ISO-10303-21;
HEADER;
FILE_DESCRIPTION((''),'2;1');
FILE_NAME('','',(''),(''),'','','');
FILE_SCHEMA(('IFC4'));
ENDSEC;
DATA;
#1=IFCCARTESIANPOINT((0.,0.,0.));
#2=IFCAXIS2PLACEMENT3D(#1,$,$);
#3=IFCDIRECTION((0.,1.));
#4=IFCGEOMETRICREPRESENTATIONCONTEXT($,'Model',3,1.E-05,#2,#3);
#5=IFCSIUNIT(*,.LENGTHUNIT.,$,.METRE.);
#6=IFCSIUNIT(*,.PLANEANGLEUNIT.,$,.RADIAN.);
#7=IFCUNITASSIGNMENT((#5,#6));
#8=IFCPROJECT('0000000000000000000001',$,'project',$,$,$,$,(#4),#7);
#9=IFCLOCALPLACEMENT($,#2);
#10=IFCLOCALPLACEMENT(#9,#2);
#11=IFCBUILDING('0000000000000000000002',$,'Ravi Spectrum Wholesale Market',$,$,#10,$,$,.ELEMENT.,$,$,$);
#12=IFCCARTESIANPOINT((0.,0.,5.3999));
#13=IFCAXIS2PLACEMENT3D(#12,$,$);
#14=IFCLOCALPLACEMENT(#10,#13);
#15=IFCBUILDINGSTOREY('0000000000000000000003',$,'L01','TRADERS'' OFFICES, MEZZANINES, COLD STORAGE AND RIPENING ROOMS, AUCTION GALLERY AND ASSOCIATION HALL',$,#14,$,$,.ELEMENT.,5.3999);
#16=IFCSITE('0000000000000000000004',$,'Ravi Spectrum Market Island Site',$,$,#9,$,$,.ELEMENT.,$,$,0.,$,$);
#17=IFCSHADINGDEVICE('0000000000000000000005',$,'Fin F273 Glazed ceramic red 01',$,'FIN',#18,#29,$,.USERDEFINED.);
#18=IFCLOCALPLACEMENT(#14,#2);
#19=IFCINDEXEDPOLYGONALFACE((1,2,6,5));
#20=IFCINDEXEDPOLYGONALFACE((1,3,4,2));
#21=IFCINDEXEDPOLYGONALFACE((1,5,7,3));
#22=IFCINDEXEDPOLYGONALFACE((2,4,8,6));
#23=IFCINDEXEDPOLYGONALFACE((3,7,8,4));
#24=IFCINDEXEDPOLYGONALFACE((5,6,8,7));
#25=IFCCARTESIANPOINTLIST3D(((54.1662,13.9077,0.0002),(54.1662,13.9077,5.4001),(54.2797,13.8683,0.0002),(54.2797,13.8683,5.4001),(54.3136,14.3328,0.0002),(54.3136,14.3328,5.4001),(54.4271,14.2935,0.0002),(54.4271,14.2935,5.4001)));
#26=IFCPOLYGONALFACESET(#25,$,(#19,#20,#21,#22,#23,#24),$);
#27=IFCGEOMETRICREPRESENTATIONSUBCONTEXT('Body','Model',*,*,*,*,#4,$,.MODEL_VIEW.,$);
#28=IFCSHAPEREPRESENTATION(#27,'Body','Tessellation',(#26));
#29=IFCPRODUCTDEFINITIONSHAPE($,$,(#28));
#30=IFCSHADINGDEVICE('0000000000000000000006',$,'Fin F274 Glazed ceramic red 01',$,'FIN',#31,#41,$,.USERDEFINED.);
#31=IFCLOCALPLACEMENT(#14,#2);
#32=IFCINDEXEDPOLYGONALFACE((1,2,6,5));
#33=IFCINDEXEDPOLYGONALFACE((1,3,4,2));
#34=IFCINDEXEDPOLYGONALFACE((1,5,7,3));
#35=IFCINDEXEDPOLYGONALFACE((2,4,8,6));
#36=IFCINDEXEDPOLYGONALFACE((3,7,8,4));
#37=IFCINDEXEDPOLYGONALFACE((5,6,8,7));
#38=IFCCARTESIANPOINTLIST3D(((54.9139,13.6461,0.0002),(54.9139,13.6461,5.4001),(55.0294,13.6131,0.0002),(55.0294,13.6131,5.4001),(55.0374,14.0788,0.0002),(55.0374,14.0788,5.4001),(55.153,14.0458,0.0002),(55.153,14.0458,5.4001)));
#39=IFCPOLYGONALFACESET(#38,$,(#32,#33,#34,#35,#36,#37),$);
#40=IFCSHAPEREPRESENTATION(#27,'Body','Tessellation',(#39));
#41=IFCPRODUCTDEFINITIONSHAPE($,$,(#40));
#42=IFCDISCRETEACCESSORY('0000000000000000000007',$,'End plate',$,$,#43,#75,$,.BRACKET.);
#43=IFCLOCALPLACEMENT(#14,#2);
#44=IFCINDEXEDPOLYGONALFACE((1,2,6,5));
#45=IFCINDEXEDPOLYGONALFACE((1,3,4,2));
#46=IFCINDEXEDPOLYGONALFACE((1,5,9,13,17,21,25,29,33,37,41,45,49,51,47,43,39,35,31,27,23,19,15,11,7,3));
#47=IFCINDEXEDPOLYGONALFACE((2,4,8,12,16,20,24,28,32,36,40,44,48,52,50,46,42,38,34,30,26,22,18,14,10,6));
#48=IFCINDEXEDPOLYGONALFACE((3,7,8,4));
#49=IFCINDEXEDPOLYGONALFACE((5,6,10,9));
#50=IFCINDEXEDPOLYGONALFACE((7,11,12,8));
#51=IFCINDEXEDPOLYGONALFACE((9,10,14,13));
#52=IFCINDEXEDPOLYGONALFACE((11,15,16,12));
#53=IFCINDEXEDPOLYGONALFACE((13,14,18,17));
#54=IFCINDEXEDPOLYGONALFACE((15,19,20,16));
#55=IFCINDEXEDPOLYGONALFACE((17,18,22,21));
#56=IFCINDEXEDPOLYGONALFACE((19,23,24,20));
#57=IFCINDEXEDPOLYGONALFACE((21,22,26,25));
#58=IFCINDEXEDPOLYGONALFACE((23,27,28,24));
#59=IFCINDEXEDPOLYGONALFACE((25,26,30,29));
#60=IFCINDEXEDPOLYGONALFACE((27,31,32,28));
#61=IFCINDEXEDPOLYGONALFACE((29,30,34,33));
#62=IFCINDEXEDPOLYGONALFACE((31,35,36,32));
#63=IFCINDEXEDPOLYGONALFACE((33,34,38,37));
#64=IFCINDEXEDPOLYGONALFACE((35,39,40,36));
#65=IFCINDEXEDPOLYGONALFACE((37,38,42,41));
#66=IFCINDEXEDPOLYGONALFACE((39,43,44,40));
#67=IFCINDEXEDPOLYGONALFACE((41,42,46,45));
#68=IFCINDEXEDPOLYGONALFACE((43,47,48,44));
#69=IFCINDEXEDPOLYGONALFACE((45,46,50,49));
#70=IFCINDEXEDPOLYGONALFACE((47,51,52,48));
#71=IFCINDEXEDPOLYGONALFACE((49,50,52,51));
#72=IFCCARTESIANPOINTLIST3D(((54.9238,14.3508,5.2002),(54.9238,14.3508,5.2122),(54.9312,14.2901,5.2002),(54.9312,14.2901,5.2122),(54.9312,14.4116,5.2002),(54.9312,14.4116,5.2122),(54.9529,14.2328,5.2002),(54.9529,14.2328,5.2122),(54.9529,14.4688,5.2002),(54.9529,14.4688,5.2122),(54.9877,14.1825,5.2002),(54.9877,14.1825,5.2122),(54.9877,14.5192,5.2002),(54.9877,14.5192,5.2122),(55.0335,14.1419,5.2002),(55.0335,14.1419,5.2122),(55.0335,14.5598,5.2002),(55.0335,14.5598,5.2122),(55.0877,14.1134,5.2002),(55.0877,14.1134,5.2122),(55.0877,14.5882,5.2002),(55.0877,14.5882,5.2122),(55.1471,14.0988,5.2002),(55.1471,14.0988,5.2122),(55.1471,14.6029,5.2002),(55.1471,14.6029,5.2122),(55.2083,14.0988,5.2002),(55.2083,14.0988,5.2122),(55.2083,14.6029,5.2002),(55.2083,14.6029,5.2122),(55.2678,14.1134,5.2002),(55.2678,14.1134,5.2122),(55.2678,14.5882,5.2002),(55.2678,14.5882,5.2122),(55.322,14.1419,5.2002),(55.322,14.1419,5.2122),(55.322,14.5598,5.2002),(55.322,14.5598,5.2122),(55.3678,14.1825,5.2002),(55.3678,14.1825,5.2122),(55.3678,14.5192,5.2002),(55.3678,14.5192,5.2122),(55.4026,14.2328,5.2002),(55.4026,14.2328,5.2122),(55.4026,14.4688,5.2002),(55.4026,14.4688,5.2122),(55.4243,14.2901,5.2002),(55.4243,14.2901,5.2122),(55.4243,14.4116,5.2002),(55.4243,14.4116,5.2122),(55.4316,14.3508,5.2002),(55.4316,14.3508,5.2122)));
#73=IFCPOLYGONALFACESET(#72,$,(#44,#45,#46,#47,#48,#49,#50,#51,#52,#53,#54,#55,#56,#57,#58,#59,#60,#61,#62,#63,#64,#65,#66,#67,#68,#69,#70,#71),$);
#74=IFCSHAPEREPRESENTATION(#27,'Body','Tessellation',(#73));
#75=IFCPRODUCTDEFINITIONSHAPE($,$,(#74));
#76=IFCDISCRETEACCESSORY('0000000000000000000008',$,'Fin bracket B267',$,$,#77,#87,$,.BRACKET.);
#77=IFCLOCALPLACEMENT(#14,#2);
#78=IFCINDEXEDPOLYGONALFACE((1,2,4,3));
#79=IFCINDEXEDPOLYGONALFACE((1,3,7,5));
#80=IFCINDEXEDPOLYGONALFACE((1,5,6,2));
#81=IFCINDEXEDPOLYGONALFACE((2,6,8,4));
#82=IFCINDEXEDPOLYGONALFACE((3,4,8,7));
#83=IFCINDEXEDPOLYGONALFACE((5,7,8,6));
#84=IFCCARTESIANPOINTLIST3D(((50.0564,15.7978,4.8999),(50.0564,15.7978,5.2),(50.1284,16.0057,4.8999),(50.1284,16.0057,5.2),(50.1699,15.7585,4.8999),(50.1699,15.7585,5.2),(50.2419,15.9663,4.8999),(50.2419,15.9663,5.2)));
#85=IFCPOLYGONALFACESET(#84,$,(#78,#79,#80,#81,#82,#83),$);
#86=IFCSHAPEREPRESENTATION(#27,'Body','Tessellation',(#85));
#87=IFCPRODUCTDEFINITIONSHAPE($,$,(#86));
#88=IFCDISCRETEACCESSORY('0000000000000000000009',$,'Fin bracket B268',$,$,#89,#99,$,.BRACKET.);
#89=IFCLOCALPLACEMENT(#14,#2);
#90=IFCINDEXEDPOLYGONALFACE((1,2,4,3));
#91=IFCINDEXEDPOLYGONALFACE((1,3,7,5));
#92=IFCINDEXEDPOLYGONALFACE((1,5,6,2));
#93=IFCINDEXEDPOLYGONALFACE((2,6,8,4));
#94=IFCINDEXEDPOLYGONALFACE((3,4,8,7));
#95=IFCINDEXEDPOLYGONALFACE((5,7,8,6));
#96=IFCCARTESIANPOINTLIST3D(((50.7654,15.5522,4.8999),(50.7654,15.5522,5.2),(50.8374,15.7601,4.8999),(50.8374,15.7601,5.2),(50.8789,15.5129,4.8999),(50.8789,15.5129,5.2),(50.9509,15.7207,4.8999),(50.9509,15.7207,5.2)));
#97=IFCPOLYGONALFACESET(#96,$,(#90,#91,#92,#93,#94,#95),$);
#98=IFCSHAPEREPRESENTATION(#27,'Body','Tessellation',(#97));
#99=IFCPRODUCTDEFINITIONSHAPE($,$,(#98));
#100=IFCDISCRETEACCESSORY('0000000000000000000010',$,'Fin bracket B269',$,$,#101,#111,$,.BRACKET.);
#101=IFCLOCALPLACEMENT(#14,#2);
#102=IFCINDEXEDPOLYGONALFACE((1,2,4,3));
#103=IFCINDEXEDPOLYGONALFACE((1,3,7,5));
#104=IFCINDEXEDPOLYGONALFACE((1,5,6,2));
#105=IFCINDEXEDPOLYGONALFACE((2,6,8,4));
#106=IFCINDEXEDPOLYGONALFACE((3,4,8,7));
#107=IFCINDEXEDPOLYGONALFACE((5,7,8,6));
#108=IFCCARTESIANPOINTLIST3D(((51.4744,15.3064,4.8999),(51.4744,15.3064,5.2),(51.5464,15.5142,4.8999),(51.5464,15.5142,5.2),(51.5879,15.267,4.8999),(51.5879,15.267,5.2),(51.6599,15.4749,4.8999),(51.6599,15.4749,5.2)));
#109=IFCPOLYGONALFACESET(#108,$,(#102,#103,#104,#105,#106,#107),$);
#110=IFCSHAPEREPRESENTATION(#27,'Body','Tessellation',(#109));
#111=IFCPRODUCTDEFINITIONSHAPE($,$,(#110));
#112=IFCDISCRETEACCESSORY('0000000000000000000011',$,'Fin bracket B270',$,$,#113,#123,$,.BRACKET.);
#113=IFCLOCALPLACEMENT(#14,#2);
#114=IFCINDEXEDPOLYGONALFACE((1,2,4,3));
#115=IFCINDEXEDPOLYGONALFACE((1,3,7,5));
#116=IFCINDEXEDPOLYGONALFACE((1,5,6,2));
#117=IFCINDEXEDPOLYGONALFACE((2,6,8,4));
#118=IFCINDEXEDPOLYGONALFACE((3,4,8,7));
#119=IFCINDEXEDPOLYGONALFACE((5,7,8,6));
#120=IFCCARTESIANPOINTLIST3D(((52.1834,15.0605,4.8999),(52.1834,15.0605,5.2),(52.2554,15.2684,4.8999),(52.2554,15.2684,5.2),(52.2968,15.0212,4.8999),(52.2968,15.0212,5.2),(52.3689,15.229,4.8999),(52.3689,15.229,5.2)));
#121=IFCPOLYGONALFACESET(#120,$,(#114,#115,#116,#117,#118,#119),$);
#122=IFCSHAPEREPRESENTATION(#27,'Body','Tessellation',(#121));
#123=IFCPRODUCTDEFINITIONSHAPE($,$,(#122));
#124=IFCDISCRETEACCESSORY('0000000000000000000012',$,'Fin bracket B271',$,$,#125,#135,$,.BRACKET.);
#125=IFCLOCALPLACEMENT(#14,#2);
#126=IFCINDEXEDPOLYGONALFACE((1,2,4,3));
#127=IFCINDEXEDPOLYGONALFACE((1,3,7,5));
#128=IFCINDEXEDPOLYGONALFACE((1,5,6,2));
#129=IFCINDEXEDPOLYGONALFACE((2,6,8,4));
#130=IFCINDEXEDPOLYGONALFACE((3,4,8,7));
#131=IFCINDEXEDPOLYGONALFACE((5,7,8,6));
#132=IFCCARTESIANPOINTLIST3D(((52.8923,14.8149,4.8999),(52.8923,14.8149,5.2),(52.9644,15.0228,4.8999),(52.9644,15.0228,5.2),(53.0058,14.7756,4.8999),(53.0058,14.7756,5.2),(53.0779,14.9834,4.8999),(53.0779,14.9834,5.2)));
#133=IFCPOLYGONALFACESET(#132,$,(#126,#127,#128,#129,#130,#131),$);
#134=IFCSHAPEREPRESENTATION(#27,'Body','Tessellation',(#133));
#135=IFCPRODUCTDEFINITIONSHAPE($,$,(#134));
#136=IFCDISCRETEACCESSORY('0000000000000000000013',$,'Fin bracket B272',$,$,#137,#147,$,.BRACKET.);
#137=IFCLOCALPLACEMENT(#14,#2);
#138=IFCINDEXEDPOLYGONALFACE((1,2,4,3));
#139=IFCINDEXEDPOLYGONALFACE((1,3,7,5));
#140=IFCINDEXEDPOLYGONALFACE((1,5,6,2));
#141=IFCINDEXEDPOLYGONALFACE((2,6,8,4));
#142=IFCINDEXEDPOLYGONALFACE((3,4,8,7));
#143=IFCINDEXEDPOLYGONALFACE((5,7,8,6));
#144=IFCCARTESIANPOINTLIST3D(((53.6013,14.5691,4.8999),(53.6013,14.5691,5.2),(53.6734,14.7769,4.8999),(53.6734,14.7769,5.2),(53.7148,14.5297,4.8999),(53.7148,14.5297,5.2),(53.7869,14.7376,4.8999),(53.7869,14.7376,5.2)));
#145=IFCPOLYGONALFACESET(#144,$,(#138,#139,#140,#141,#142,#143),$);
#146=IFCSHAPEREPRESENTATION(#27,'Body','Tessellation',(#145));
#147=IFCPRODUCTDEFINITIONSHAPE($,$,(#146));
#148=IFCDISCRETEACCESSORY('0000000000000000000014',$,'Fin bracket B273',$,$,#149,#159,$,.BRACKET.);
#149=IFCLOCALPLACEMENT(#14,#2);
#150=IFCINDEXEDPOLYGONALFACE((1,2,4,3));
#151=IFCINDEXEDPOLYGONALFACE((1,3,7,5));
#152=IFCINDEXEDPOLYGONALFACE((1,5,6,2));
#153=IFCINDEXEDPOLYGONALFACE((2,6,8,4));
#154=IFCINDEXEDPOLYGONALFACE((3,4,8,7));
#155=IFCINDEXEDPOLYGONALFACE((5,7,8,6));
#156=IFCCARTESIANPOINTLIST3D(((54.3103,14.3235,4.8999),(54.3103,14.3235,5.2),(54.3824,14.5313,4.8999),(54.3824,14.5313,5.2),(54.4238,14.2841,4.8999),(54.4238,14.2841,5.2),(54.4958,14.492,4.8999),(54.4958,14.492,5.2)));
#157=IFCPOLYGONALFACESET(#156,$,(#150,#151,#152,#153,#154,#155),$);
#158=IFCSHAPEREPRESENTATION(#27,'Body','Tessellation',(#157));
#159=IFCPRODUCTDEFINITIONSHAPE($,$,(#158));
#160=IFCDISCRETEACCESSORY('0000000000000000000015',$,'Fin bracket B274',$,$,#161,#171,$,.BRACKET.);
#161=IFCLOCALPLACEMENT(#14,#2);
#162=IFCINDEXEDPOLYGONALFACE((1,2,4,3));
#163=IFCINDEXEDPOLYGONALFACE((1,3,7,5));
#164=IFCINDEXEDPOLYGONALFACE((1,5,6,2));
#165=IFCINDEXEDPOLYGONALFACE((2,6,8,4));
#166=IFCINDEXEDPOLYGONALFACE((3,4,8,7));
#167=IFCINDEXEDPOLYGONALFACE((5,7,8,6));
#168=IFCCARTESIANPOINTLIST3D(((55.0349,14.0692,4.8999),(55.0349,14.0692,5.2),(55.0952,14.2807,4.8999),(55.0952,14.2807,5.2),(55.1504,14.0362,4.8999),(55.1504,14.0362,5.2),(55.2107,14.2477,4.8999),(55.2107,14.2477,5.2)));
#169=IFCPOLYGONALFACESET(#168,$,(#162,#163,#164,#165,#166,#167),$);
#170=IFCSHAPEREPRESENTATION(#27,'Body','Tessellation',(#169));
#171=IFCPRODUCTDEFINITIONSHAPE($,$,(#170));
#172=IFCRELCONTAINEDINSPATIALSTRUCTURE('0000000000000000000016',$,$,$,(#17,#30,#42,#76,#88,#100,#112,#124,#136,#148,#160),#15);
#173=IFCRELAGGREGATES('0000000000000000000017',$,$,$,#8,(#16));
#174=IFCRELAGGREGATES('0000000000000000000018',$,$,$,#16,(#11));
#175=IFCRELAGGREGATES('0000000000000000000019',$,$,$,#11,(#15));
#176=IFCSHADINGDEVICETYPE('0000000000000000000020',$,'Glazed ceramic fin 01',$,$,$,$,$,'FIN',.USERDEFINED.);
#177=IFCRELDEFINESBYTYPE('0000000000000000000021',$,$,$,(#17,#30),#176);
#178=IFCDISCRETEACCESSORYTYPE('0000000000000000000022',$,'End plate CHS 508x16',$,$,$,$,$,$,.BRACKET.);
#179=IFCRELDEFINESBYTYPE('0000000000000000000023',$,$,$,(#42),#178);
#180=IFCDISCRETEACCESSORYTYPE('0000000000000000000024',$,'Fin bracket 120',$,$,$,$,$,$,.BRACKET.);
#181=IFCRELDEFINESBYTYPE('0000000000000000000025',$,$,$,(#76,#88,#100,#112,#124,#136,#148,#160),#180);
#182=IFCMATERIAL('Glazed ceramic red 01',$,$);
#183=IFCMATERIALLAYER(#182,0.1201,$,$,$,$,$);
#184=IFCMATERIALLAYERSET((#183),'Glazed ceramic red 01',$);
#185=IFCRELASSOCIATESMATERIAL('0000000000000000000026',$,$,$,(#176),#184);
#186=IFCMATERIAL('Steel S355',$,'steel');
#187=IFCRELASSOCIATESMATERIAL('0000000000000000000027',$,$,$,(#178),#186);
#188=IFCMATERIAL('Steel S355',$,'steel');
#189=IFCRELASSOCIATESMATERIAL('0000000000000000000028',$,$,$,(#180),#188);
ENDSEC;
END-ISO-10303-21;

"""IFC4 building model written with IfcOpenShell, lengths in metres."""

from ifc_helpers import new_model, si_unit, direction, frame, origin, origin_2d, place, context, subcontext, project, spatial, rectangle, circle, extrude, material, layer, layer_set, material_profile, profile_set, type_object, element, save


model = new_model("IFC4")

# Units and contexts
model_context = context("Model", 3, precision=1e-05, world=origin(), true_north=direction((0.0, 1.0)))
body_context = subcontext(model_context, "Body", "Model", "MODEL_VIEW")
ifc_project = project(units=[si_unit("LENGTHUNIT", "METRE"), si_unit("PLANEANGLEUNIT", "RADIAN")], contexts=[model_context])

# Site, building, storey
site_placement = place(None, origin())
site = spatial("IfcSite", under=ifc_project, at=site_placement, Name="Ravi Spectrum Market Island Site", CompositionType="ELEMENT", RefElevation=0.0)
building_placement = place(site_placement, origin())
building = spatial("IfcBuilding", under=site, at=building_placement, Name="Ravi Spectrum Wholesale Market", CompositionType="ELEMENT")
storey_placement = place(building_placement, frame((0.0, 0.0, 5.3999)))
storey = spatial("IfcBuildingStorey", under=building, at=storey_placement, Name="L01", Description="TRADERS' OFFICES, MEZZANINES, COLD STORAGE AND RIPENING ROOMS, AUCTION GALLERY AND ASSOCIATION HALL", CompositionType="ELEMENT", Elevation=5.3999)

# Shading devices
ifc_material_1 = material(Name="Glazed ceramic red 01")
ifc_layer_1 = layer(ifc_material_1, 0.1201)
ifc_layer_set_1 = layer_set([ifc_layer_1], Name="Glazed ceramic red 01")
shading_device_type = type_object("IfcShadingDeviceType", Name="Glazed ceramic fin 01", ElementType="FIN", PredefinedType="USERDEFINED", material=ifc_layer_set_1)
for number, where, z_axis, x_axis, name in (
    (1, (54.2966, 14.1006, 0.0002), (0.0, 0.0, 1.0), (0.944847, -0.327512, 0.0), "Fin F273 Glazed ceramic red 01"),
    (2, (55.0334, 13.8459, 0.0002), (0.0, 0.0, 1.0), (0.96159, -0.274488, 0.0), "Fin F274 Glazed ceramic red 01"),
):
    element("IfcShadingDevice", number, at=place(storey_placement, frame(where, z_axis=z_axis, x_axis=x_axis)), inside=storey, type_object=shading_device_type, Name=name, ObjectType="FIN", PredefinedType="USERDEFINED", context=body_context, shape_type="SweptSolid", body=[
        extrude(rectangle(XDim=0.1201, YDim=0.45, at=origin_2d()), origin(), (0.0, 0.0, 1.0), 5.3999),
    ])

# Discrete accessories
ifc_material_2 = material(Name="Steel S355", Category="steel")
ifc_material_profile_1 = material_profile(ifc_material_2, circle(Radius=0.2539, at=origin_2d()))
ifc_profile_set_1 = profile_set([ifc_material_profile_1], Name="Steel S355")
discrete_accessory_type_1 = type_object("IfcDiscreteAccessoryType", Name="End plate CHS 508x16", PredefinedType="BRACKET", material=ifc_profile_set_1)
discrete_accessory_placement = place(storey_placement, frame((55.1777, 14.3508, 5.2002), z_axis=(0.0, 0.0, 1.0), x_axis=(1.0, 0.0, 0.0)))
element("IfcDiscreteAccessory", 3, at=discrete_accessory_placement, inside=storey, type_object=discrete_accessory_type_1, Name="End plate", PredefinedType="BRACKET", context=body_context, shape_type="SweptSolid", body=[
    extrude(circle(Radius=0.2539, at=origin_2d()), origin(), (0.0, 0.0, 1.0), 0.012),
])
ifc_material_3 = material(Name="Steel S355", Category="steel")
discrete_accessory_type_2 = type_object("IfcDiscreteAccessoryType", Name="Fin bracket 120", PredefinedType="BRACKET", material=ifc_material_3)
for number, where, z_axis, x_axis, name in (
    (4, (50.1492, 15.8821, 4.8999), (0.0, 0.0, 1.0), (0.944847, -0.327512, 0.0), "Fin bracket B267"),
    (5, (50.8582, 15.6365, 4.8999), (0.0, 0.0, 1.0), (0.944847, -0.327512, 0.0), "Fin bracket B268"),
    (6, (51.5671, 15.3906, 4.8999), (0.0, 0.0, 1.0), (0.944847, -0.327512, 0.0), "Fin bracket B269"),
    (7, (52.2761, 15.1448, 4.8999), (0.0, 0.0, 1.0), (0.944847, -0.327512, 0.0), "Fin bracket B270"),
    (8, (52.9851, 14.8992, 4.8999), (0.0, 0.0, 1.0), (0.944847, -0.327512, 0.0), "Fin bracket B271"),
    (9, (53.6941, 14.6533, 4.8999), (0.0, 0.0, 1.0), (0.944847, -0.327512, 0.0), "Fin bracket B272"),
    (10, (54.4031, 14.4077, 4.8999), (0.0, 0.0, 1.0), (0.944847, -0.327512, 0.0), "Fin bracket B273"),
    (11, (55.1228, 14.1584, 4.8999), (0.0, 0.0, 1.0), (0.96159, -0.274488, 0.0), "Fin bracket B274"),
):
    element("IfcDiscreteAccessory", number, at=place(storey_placement, frame(where, z_axis=z_axis, x_axis=x_axis)), inside=storey, type_object=discrete_accessory_type_2, Name=name, PredefinedType="BRACKET", context=body_context, shape_type="SweptSolid", body=[
        extrude(rectangle(XDim=0.1201, YDim=0.22, at=origin_2d()), origin(), (0.0, 0.0, 1.0), 0.3),
    ])

save(model, "model.ifc")
